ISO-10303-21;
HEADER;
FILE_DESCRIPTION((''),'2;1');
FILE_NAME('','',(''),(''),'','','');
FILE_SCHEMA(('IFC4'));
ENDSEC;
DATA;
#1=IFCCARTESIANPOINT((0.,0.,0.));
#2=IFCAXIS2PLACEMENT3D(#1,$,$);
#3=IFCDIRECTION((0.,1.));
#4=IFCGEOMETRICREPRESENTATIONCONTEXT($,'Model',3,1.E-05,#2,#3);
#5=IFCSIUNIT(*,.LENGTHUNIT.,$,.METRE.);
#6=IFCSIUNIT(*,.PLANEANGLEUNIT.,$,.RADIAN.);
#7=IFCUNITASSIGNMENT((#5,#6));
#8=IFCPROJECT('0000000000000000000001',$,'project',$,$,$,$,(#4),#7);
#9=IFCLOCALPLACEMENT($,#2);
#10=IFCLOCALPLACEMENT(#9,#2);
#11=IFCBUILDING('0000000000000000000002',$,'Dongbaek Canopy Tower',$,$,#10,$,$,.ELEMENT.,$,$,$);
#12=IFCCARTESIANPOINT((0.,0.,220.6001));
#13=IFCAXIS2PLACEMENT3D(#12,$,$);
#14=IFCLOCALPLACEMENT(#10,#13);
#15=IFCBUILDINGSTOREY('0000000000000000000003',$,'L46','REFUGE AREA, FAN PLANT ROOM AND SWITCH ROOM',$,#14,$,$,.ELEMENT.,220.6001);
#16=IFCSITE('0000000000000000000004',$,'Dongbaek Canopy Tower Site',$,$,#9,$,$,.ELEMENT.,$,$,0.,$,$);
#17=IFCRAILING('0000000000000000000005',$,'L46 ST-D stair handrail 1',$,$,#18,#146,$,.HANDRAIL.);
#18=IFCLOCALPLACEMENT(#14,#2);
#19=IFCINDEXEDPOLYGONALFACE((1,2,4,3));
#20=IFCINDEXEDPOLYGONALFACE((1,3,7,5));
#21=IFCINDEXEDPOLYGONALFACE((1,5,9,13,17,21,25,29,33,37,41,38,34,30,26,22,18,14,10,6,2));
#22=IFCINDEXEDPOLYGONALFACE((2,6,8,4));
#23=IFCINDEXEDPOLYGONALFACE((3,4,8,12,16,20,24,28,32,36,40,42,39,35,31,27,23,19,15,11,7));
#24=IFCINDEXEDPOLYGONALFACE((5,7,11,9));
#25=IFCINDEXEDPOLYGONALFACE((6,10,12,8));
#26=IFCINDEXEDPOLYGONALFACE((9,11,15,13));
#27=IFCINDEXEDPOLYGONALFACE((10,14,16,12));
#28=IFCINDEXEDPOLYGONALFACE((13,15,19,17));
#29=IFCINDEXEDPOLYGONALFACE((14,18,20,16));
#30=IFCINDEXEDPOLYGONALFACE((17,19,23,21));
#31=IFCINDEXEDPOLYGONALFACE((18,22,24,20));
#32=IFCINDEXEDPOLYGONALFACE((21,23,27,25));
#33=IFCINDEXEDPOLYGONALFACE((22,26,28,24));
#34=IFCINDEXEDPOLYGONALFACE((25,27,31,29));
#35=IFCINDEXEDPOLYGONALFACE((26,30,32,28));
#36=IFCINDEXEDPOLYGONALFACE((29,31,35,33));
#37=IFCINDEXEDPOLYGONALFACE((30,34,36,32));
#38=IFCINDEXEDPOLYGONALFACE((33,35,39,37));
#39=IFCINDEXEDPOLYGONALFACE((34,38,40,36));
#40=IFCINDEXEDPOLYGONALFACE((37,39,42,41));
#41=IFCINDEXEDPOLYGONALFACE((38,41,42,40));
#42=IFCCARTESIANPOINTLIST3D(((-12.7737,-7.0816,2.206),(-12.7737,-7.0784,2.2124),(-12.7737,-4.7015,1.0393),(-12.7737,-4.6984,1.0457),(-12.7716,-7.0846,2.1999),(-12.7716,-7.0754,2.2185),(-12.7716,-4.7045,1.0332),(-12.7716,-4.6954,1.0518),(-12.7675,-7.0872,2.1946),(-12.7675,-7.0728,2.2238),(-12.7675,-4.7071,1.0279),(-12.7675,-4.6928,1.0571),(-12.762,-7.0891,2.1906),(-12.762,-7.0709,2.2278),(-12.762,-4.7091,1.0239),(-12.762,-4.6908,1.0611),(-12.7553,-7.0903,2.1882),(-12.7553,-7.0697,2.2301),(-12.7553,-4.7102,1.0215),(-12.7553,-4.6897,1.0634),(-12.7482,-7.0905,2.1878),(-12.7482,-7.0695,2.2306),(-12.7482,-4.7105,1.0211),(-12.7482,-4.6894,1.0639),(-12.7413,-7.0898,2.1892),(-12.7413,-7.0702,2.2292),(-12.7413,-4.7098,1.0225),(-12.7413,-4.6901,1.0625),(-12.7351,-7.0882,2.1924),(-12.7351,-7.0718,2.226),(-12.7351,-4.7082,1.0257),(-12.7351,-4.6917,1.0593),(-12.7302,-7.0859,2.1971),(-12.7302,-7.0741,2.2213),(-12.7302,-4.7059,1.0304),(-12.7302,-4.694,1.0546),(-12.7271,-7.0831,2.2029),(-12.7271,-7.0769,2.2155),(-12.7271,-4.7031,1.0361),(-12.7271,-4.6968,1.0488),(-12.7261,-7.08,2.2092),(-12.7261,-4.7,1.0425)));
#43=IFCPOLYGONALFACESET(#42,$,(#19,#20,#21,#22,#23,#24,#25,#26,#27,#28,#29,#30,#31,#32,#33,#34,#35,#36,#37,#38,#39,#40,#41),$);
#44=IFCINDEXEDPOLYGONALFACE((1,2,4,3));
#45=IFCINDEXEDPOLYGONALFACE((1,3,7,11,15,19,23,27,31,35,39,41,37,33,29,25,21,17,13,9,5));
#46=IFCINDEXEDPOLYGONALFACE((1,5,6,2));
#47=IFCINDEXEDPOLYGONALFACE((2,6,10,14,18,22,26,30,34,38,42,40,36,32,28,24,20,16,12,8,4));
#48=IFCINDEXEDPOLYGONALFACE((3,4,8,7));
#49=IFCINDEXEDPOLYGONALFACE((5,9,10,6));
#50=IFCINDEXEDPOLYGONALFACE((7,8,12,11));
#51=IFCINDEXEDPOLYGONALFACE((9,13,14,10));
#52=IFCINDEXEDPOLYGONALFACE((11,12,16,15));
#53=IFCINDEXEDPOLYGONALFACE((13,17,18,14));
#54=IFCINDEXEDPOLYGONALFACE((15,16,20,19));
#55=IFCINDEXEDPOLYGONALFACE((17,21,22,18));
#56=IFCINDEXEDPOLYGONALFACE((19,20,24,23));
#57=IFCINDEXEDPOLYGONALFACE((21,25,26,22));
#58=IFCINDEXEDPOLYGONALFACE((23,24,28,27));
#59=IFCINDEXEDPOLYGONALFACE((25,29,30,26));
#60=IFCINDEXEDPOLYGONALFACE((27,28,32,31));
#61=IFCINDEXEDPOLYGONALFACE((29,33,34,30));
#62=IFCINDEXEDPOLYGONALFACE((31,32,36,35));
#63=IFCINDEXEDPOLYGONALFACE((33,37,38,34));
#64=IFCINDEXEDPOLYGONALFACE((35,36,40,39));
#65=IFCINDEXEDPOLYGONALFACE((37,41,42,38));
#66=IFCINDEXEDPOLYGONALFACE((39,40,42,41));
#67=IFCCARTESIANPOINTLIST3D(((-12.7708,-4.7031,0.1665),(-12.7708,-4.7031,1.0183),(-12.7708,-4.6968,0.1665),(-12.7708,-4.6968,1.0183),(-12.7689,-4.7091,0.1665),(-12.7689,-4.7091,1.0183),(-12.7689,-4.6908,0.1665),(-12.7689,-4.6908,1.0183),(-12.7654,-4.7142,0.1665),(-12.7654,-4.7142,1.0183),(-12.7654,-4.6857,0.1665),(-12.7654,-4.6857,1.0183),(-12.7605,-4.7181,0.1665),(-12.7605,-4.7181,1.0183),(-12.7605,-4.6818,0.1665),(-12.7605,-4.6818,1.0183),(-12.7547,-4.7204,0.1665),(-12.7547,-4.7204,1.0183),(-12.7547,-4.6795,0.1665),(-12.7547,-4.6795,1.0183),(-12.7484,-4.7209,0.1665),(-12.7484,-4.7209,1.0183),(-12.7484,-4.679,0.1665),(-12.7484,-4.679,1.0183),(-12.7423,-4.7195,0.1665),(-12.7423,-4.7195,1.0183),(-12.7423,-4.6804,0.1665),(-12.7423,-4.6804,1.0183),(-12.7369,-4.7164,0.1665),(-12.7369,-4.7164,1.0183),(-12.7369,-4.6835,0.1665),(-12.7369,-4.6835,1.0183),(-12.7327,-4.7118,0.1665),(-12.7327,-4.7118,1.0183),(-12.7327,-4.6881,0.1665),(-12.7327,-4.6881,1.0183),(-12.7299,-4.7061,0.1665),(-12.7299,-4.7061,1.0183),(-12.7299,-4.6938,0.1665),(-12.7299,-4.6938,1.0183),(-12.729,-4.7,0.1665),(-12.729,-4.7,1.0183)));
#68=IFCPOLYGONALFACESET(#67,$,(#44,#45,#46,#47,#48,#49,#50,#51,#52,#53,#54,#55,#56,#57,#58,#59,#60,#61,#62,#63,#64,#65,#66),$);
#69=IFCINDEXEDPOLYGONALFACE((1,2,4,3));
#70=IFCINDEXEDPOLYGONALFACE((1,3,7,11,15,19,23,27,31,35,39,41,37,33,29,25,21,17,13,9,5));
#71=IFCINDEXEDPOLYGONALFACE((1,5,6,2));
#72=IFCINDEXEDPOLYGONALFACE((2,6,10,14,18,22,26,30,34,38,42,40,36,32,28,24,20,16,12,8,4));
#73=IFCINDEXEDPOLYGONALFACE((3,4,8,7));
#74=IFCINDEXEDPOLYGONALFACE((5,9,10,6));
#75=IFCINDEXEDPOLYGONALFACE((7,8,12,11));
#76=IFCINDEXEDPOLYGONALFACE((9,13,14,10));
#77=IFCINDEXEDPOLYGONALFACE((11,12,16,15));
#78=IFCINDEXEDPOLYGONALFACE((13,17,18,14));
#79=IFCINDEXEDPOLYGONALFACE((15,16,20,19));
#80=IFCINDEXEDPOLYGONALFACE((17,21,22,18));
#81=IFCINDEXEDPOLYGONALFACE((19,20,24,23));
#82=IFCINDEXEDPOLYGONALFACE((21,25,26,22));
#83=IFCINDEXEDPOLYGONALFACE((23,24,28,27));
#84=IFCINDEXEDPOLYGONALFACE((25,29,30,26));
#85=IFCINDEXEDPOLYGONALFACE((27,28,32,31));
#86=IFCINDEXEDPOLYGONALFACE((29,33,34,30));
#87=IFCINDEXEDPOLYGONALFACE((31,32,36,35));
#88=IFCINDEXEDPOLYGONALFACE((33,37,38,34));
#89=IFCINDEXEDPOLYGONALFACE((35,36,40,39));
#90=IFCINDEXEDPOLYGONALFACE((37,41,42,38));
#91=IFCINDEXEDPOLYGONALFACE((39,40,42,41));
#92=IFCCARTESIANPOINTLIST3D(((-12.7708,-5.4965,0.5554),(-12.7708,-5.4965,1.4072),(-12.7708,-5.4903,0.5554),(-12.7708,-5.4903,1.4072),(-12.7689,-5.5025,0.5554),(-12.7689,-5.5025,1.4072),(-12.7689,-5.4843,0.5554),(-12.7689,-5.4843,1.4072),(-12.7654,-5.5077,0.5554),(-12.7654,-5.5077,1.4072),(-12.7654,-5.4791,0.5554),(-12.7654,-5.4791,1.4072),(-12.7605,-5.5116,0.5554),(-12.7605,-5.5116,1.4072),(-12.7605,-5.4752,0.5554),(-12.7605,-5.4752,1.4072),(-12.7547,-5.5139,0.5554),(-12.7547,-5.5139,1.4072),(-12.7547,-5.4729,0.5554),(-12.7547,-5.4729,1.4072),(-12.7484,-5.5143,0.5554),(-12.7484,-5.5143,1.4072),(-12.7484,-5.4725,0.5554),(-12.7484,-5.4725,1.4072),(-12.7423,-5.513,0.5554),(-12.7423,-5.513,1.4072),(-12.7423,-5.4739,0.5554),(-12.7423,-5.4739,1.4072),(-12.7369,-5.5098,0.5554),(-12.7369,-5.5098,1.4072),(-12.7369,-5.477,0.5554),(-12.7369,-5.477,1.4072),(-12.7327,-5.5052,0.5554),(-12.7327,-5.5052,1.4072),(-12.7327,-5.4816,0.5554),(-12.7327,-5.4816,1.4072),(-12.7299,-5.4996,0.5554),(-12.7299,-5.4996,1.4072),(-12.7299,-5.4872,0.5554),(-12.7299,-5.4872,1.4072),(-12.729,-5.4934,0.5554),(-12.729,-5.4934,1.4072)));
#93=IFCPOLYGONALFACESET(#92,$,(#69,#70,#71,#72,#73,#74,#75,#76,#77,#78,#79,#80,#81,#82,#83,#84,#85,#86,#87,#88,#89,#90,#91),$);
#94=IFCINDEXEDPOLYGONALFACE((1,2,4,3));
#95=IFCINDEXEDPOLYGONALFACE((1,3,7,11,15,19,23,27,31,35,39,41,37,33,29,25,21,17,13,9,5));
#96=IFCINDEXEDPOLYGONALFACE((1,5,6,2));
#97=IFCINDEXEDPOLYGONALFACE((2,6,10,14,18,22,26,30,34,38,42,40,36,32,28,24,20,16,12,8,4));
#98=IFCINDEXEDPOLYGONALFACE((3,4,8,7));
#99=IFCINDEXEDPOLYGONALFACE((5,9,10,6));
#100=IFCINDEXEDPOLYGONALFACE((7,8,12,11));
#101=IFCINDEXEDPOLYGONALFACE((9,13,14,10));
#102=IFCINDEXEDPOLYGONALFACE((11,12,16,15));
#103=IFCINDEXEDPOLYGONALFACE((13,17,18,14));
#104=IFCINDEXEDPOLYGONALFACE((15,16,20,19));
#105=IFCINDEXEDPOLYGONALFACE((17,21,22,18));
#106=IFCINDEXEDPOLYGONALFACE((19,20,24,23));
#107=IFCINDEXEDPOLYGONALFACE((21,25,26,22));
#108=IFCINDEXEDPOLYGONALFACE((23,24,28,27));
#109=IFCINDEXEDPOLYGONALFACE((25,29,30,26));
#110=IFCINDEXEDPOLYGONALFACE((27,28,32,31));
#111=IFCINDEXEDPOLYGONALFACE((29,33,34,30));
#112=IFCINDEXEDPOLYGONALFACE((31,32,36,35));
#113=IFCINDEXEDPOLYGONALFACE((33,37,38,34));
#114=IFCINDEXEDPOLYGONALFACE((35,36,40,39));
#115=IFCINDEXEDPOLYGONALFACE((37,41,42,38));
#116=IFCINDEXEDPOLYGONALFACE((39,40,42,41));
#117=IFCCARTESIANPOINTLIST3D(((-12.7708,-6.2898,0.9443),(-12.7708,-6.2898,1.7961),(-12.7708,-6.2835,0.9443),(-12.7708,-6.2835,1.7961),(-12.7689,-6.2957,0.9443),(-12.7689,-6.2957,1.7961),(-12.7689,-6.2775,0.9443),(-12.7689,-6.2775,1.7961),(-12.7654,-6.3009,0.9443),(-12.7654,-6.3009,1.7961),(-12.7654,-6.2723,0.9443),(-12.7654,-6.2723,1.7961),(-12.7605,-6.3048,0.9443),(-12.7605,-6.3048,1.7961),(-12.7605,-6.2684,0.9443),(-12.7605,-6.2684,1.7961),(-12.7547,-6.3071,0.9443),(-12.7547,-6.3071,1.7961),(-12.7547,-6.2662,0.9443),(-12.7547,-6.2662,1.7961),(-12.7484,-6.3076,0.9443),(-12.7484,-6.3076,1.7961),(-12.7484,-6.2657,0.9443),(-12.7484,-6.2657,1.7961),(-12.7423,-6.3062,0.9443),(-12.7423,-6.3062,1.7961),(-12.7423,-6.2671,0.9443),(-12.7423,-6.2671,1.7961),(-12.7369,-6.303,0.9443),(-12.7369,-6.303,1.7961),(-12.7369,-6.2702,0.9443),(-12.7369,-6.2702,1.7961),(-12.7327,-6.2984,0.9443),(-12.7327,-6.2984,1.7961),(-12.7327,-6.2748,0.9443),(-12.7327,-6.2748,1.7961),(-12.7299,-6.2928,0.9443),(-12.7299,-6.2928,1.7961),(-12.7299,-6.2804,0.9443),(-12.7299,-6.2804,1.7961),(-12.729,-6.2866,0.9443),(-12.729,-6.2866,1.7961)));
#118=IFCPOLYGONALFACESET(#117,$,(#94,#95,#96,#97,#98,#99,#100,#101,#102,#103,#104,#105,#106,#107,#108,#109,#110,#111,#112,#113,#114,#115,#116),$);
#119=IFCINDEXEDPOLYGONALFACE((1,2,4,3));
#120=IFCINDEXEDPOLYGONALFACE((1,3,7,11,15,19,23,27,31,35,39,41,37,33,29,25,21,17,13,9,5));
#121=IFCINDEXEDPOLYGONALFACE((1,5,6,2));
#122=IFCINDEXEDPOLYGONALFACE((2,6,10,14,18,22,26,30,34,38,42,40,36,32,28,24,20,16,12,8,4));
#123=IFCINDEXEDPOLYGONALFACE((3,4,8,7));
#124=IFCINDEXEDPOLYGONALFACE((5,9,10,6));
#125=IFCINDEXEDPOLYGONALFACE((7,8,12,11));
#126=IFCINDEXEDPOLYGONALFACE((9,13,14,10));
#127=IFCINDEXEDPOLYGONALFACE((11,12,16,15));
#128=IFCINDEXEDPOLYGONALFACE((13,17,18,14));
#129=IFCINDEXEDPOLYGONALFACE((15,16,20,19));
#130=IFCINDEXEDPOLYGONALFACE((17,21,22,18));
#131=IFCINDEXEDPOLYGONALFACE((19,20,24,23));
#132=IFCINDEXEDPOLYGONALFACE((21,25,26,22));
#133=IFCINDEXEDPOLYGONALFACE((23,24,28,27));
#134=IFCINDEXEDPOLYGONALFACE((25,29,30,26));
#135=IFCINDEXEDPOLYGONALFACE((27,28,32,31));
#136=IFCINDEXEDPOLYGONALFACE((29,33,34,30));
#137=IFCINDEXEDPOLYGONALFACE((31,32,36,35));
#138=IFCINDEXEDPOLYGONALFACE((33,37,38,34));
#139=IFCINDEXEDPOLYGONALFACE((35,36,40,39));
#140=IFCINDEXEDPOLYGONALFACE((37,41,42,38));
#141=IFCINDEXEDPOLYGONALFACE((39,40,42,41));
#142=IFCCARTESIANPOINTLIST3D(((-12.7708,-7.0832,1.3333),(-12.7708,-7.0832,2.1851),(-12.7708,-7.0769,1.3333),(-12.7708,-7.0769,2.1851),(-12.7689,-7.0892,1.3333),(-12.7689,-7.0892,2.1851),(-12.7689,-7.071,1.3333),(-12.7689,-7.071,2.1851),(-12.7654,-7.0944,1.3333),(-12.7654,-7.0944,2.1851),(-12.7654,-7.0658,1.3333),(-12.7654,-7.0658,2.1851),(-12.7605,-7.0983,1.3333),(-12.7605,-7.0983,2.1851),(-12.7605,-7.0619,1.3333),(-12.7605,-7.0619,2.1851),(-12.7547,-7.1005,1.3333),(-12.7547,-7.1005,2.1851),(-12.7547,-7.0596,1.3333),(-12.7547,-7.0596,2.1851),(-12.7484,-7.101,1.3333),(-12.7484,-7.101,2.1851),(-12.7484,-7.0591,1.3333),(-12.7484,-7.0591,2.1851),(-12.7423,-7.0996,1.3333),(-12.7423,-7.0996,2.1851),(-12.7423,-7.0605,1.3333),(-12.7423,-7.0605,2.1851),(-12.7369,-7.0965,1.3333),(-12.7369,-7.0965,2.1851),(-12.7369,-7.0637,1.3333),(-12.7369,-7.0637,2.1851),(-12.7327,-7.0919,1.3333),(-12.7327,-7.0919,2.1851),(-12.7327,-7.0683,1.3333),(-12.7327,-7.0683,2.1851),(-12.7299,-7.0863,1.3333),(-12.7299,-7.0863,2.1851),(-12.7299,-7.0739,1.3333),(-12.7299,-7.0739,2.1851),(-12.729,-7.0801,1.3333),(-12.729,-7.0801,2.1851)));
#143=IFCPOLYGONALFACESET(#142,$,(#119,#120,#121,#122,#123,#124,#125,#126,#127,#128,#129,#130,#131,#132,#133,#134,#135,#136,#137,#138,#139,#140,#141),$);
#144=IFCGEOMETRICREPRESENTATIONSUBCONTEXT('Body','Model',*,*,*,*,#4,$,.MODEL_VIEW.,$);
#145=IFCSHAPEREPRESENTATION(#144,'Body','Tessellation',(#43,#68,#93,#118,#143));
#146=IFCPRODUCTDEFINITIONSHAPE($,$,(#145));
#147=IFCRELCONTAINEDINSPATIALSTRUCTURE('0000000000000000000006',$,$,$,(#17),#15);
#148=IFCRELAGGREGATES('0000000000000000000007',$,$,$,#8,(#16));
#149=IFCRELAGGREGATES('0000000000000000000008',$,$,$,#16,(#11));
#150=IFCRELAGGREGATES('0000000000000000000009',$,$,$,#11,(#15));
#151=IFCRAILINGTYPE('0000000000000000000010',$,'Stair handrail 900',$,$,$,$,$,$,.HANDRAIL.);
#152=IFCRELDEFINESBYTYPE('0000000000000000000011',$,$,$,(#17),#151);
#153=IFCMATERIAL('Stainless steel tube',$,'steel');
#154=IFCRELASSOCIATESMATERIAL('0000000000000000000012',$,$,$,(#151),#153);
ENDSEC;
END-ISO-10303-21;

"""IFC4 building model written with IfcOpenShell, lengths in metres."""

from ifc_helpers import new_model, si_unit, direction, frame, origin, origin_2d, place, context, subcontext, project, spatial, circle, extrude, material, type_object, element, save


model = new_model("IFC4")

# Units and contexts
model_context = context("Model", 3, precision=1e-05, world=origin(), true_north=direction((0.0, 1.0)))
body_context = subcontext(model_context, "Body", "Model", "MODEL_VIEW")
ifc_project = project(units=[si_unit("LENGTHUNIT", "METRE"), si_unit("PLANEANGLEUNIT", "RADIAN")], contexts=[model_context])

# Site, building, storey
site_placement = place(None, origin())
site = spatial("IfcSite", under=ifc_project, at=site_placement, Name="Dongbaek Canopy Tower Site", CompositionType="ELEMENT", RefElevation=0.0)
building_placement = place(site_placement, origin())
building = spatial("IfcBuilding", under=site, at=building_placement, Name="Dongbaek Canopy Tower", CompositionType="ELEMENT")
storey_placement = place(building_placement, frame((0.0, 0.0, 220.6001)))
storey = spatial("IfcBuildingStorey", under=building, at=storey_placement, Name="L46", Description="REFUGE AREA, FAN PLANT ROOM AND SWITCH ROOM", CompositionType="ELEMENT", Elevation=220.6001)

# Railing
ifc_material_1 = material(Name="Stainless steel tube", Category="steel")
railing_type_1 = type_object("IfcRailingType", Name="Stair handrail 900", PredefinedType="HANDRAIL", material=ifc_material_1)
railing_1_placement = place(storey_placement, frame((-12.75, -4.7, 0.1665)))
element("IfcRailing", 1, at=railing_1_placement, inside=storey, type_object=railing_type_1, Name="L46 ST-D stair handrail 1", PredefinedType="HANDRAIL", context=body_context, shape_type="SweptSolid", body=[
    extrude(circle(Radius=0.0239, at=origin_2d()), frame((0.0, 0.0, 0.876), z_axis=(0.0, -0.897918, 0.440163), x_axis=(1.0, 0.0, 0.0)), (0.0, 0.0, 1.0), 2.6506),
    extrude(circle(Radius=0.021, at=origin_2d()), origin(), (0.0, 0.0, 1.0), 0.8518),
    extrude(circle(Radius=0.021, at=origin_2d()), frame((0.0, -0.7935, 0.3889)), (0.0, 0.0, 1.0), 0.8518),
    extrude(circle(Radius=0.021, at=origin_2d()), frame((0.0, -1.5867, 0.7778)), (0.0, 0.0, 1.0), 0.8518),
    extrude(circle(Radius=0.021, at=origin_2d()), frame((0.0, -2.3801, 1.1667)), (0.0, 0.0, 1.0), 0.8518),
])

save(model, "model.ifc")
